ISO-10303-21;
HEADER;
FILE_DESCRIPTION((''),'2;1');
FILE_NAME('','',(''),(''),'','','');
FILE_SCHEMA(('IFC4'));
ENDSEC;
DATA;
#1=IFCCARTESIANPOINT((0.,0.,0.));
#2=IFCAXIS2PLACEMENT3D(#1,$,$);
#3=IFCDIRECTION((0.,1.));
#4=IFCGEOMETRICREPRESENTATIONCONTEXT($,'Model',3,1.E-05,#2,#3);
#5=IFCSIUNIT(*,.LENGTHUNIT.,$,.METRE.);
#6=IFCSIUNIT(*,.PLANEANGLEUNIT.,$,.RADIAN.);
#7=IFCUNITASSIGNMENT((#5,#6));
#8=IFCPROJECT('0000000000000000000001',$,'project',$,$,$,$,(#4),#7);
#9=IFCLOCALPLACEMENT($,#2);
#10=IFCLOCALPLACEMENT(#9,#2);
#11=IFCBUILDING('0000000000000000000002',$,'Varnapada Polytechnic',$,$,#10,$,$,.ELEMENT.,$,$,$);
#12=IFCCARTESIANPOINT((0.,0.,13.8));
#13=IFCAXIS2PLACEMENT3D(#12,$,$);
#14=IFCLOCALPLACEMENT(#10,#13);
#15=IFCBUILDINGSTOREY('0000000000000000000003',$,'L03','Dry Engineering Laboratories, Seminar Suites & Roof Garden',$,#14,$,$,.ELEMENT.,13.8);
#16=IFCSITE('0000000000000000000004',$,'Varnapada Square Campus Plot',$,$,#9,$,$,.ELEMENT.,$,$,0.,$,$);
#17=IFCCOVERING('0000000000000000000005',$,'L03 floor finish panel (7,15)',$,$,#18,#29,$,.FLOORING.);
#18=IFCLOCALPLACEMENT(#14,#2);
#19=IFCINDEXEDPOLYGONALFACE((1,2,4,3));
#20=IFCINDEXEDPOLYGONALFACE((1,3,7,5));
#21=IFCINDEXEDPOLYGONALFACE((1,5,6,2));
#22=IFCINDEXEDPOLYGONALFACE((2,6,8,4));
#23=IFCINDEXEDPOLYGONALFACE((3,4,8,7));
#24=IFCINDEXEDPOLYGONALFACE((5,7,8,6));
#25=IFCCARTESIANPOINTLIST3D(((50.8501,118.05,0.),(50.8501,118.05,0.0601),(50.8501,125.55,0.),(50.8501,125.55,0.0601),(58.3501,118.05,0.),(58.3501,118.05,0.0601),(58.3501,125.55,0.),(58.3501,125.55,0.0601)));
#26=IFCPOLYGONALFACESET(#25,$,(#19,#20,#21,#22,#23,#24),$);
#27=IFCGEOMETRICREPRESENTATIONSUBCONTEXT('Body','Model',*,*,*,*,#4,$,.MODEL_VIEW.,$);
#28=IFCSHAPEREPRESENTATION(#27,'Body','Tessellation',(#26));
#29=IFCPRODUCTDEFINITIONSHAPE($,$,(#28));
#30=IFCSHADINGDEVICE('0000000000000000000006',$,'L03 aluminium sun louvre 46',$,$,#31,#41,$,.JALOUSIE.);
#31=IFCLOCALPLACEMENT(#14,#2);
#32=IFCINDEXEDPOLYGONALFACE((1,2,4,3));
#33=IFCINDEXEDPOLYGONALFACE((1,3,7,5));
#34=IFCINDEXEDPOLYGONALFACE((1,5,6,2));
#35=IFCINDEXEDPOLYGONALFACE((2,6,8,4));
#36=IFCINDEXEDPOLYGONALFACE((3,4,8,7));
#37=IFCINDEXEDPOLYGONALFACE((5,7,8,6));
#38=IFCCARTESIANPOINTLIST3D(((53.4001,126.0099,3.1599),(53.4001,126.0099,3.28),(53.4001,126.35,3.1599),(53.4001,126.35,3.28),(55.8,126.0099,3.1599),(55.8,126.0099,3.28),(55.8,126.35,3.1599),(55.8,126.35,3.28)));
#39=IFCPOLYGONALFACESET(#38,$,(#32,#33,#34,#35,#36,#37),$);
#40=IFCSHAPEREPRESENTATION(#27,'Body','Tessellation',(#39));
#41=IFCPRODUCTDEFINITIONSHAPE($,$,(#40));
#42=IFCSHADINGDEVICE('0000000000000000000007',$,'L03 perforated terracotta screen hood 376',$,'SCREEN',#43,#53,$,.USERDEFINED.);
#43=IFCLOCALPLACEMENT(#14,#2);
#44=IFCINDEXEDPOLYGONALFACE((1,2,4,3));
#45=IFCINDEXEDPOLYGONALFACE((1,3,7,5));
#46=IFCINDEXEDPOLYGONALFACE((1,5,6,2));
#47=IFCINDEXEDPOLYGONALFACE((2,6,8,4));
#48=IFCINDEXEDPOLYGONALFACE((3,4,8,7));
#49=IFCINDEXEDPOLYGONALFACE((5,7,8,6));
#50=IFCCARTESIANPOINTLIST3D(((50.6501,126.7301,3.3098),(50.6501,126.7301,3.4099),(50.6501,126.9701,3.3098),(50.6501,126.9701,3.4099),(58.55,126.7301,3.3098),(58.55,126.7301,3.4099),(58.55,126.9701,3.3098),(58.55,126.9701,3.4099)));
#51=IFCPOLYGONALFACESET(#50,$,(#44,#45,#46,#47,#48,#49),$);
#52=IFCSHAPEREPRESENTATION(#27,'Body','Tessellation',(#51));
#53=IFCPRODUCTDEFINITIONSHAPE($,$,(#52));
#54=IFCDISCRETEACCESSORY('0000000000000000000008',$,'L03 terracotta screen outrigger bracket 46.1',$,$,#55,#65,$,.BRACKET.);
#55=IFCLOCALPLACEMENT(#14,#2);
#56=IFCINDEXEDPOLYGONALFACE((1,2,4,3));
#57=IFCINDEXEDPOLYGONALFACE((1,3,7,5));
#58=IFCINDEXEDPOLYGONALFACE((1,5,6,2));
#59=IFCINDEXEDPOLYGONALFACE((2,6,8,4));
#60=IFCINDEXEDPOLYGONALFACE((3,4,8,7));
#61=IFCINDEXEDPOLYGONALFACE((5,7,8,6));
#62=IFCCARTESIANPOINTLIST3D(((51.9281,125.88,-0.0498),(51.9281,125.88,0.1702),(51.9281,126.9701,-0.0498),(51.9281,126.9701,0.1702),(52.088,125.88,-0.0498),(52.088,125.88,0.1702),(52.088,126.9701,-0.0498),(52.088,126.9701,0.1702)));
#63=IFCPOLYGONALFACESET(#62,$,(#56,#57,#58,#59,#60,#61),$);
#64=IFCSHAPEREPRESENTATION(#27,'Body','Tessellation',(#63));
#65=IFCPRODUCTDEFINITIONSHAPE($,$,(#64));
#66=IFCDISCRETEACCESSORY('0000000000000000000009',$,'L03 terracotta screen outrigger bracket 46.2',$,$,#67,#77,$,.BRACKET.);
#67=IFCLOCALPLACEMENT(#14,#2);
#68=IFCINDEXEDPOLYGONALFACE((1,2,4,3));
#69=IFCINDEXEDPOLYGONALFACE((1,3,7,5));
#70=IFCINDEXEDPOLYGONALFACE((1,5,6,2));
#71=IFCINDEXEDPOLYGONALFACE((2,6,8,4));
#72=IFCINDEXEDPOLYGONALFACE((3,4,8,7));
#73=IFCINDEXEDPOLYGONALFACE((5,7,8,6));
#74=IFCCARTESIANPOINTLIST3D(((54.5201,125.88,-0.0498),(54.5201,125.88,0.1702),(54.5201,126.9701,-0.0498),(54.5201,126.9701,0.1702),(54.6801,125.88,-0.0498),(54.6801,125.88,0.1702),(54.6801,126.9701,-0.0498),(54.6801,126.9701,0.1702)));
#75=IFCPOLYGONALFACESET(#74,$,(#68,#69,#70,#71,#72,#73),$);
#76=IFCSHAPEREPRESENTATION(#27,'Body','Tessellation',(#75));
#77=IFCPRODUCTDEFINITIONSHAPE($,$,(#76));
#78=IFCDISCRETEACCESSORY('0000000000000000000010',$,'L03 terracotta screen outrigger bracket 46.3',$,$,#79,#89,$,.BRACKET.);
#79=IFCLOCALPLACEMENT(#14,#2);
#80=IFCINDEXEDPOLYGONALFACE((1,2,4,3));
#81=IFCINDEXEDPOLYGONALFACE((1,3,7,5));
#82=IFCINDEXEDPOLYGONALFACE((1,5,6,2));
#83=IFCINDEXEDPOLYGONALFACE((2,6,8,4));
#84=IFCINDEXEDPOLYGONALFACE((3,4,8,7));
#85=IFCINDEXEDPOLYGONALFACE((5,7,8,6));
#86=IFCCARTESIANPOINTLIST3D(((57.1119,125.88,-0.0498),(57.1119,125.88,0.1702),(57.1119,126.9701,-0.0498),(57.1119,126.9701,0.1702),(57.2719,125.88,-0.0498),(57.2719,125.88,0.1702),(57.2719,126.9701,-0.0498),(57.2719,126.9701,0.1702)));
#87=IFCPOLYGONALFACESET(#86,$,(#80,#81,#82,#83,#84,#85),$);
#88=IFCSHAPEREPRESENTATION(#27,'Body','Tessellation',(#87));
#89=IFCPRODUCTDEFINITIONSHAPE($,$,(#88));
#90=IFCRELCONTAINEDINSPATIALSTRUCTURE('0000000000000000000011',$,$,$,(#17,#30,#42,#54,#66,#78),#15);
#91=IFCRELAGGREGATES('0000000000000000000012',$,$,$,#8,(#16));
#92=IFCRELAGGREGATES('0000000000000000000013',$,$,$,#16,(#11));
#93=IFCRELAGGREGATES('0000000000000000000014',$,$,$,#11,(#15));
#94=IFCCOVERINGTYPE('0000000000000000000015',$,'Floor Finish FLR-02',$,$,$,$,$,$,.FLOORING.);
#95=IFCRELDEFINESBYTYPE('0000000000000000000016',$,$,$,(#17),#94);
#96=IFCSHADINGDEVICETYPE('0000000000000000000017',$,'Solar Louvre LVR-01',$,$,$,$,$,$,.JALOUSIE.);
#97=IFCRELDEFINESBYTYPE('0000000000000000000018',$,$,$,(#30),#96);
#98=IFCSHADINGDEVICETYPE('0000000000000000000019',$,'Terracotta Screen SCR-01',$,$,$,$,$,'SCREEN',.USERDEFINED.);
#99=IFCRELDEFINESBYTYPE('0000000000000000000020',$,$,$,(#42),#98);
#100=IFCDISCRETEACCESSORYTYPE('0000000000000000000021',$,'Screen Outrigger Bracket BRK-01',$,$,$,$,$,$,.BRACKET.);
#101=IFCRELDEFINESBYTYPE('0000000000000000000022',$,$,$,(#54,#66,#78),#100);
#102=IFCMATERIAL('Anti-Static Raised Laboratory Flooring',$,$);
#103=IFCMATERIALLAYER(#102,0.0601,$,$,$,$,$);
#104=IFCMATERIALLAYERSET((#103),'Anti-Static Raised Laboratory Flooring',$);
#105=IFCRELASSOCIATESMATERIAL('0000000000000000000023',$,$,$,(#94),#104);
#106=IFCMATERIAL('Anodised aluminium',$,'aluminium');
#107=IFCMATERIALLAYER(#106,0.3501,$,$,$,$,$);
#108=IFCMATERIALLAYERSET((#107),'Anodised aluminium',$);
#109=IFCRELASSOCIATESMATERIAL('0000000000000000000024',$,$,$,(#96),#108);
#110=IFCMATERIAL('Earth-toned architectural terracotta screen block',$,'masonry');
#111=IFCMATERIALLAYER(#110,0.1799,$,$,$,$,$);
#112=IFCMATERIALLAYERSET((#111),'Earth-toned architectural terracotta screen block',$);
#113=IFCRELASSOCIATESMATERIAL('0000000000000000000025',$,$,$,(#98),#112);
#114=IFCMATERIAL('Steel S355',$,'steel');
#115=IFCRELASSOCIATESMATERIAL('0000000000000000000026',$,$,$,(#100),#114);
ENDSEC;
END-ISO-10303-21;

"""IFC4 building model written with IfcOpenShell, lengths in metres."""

from ifc_helpers import new_model, si_unit, direction, frame, origin, origin_2d, place, context, subcontext, project, spatial, rectangle, extrude, material, layer, layer_set, type_object, element, save


model = new_model("IFC4")

# Units and contexts
model_context = context("Model", 3, precision=1e-05, world=origin(), true_north=direction((0.0, 1.0)))
body_context = subcontext(model_context, "Body", "Model", "MODEL_VIEW")
ifc_project = project(units=[si_unit("LENGTHUNIT", "METRE"), si_unit("PLANEANGLEUNIT", "RADIAN")], contexts=[model_context])

# Site, building, storey
site_placement = place(None, origin())
site = spatial("IfcSite", under=ifc_project, at=site_placement, Name="Varnapada Square Campus Plot", CompositionType="ELEMENT", RefElevation=0.0)
building_placement = place(site_placement, origin())
building = spatial("IfcBuilding", under=site, at=building_placement, Name="Varnapada Polytechnic", CompositionType="ELEMENT")
storey_placement = place(building_placement, frame((0.0, 0.0, 13.8)))
storey = spatial("IfcBuildingStorey", under=building, at=storey_placement, Name="L03", Description="Dry Engineering Laboratories, Seminar Suites & Roof Garden", CompositionType="ELEMENT", Elevation=13.8)

# Shared definitions
ifc_material_1 = material(Name="Steel S355", Category="steel")

# Covering
ifc_material_2 = material(Name="Anti-Static Raised Laboratory Flooring")
ifc_layer_1 = layer(ifc_material_2, 0.0601)
ifc_layer_set_1 = layer_set([ifc_layer_1], Name="Anti-Static Raised Laboratory Flooring")
covering_type_1 = type_object("IfcCoveringType", Name="Floor Finish FLR-02", PredefinedType="FLOORING", material=ifc_layer_set_1)
covering_1_placement = place(storey_placement, frame((54.6001, 121.8, 0.0), z_axis=(0.0, 0.0, 1.0), x_axis=(1.0, 0.0, 0.0)))
element("IfcCovering", 1, at=covering_1_placement, inside=storey, type_object=covering_type_1, Name="L03 floor finish panel (7,15)", PredefinedType="FLOORING", context=body_context, shape_type="SweptSolid", body=[
    extrude(rectangle(XDim=7.5, YDim=7.5, at=origin_2d()), origin(), (0.0, 0.0, 1.0), 0.0601),
])

# Shading device
ifc_material_3 = material(Name="Anodised aluminium", Category="aluminium")
ifc_layer_2 = layer(ifc_material_3, 0.3501)
ifc_layer_set_2 = layer_set([ifc_layer_2], Name="Anodised aluminium")
shading_device_type_1 = type_object("IfcShadingDeviceType", Name="Solar Louvre LVR-01", PredefinedType="JALOUSIE", material=ifc_layer_set_2)
shading_device_1_placement = place(storey_placement, frame((54.6001, 126.1799, 3.1599), z_axis=(0.0, 0.0, 1.0), x_axis=(1.0, 0.0, 0.0)))
element("IfcShadingDevice", 2, at=shading_device_1_placement, inside=storey, type_object=shading_device_type_1, Name="L03 aluminium sun louvre 46", PredefinedType="JALOUSIE", context=body_context, shape_type="SweptSolid", body=[
    extrude(rectangle(XDim=2.3999, YDim=0.3401, at=origin_2d()), origin(), (0.0, 0.0, 1.0), 0.1201),
])

# Shared definitions
ifc_material_4 = material(Name="Earth-toned architectural terracotta screen block", Category="masonry")

# Shading device
ifc_layer_3 = layer(ifc_material_4, 0.1799)
ifc_layer_set_3 = layer_set([ifc_layer_3], Name="Earth-toned architectural terracotta screen block")
shading_device_type_2 = type_object("IfcShadingDeviceType", Name="Terracotta Screen SCR-01", ElementType="SCREEN", PredefinedType="USERDEFINED", material=ifc_layer_set_3)
shading_device_2_placement = place(storey_placement, frame((54.6001, 126.8501, 3.3098), z_axis=(0.0, 0.0, 1.0), x_axis=(1.0, 0.0, 0.0)))
element("IfcShadingDevice", 3, at=shading_device_2_placement, inside=storey, type_object=shading_device_type_2, Name="L03 perforated terracotta screen hood 376", ObjectType="SCREEN", PredefinedType="USERDEFINED", context=body_context, shape_type="SweptSolid", body=[
    extrude(rectangle(XDim=7.8999, YDim=0.24, at=origin_2d()), origin(), (0.0, 0.0, 1.0), 0.1001),
])

# Discrete accessories
discrete_accessory_type = type_object("IfcDiscreteAccessoryType", Name="Screen Outrigger Bracket BRK-01", PredefinedType="BRACKET", material=ifc_material_1)
for number, where, z_axis, x_axis, name in (
    (4, (52.0081, 126.425, -0.0498), (0.0, 0.0, 1.0), (1.0, 0.0, 0.0), "L03 terracotta screen outrigger bracket 46.1"),
    (5, (54.6001, 126.425, -0.0498), (0.0, 0.0, 1.0), (1.0, 0.0, 0.0), "L03 terracotta screen outrigger bracket 46.2"),
    (6, (57.1919, 126.425, -0.0498), (0.0, 0.0, 1.0), (1.0, 0.0, 0.0), "L03 terracotta screen outrigger bracket 46.3"),
):
    element("IfcDiscreteAccessory", number, at=place(storey_placement, frame(where, z_axis=z_axis, x_axis=x_axis)), inside=storey, type_object=discrete_accessory_type, Name=name, PredefinedType="BRACKET", context=body_context, shape_type="SweptSolid", body=[
        extrude(rectangle(XDim=0.1599, YDim=1.0901, at=origin_2d()), origin(), (0.0, 0.0, 1.0), 0.22),
    ])

save(model, "model.ifc")
